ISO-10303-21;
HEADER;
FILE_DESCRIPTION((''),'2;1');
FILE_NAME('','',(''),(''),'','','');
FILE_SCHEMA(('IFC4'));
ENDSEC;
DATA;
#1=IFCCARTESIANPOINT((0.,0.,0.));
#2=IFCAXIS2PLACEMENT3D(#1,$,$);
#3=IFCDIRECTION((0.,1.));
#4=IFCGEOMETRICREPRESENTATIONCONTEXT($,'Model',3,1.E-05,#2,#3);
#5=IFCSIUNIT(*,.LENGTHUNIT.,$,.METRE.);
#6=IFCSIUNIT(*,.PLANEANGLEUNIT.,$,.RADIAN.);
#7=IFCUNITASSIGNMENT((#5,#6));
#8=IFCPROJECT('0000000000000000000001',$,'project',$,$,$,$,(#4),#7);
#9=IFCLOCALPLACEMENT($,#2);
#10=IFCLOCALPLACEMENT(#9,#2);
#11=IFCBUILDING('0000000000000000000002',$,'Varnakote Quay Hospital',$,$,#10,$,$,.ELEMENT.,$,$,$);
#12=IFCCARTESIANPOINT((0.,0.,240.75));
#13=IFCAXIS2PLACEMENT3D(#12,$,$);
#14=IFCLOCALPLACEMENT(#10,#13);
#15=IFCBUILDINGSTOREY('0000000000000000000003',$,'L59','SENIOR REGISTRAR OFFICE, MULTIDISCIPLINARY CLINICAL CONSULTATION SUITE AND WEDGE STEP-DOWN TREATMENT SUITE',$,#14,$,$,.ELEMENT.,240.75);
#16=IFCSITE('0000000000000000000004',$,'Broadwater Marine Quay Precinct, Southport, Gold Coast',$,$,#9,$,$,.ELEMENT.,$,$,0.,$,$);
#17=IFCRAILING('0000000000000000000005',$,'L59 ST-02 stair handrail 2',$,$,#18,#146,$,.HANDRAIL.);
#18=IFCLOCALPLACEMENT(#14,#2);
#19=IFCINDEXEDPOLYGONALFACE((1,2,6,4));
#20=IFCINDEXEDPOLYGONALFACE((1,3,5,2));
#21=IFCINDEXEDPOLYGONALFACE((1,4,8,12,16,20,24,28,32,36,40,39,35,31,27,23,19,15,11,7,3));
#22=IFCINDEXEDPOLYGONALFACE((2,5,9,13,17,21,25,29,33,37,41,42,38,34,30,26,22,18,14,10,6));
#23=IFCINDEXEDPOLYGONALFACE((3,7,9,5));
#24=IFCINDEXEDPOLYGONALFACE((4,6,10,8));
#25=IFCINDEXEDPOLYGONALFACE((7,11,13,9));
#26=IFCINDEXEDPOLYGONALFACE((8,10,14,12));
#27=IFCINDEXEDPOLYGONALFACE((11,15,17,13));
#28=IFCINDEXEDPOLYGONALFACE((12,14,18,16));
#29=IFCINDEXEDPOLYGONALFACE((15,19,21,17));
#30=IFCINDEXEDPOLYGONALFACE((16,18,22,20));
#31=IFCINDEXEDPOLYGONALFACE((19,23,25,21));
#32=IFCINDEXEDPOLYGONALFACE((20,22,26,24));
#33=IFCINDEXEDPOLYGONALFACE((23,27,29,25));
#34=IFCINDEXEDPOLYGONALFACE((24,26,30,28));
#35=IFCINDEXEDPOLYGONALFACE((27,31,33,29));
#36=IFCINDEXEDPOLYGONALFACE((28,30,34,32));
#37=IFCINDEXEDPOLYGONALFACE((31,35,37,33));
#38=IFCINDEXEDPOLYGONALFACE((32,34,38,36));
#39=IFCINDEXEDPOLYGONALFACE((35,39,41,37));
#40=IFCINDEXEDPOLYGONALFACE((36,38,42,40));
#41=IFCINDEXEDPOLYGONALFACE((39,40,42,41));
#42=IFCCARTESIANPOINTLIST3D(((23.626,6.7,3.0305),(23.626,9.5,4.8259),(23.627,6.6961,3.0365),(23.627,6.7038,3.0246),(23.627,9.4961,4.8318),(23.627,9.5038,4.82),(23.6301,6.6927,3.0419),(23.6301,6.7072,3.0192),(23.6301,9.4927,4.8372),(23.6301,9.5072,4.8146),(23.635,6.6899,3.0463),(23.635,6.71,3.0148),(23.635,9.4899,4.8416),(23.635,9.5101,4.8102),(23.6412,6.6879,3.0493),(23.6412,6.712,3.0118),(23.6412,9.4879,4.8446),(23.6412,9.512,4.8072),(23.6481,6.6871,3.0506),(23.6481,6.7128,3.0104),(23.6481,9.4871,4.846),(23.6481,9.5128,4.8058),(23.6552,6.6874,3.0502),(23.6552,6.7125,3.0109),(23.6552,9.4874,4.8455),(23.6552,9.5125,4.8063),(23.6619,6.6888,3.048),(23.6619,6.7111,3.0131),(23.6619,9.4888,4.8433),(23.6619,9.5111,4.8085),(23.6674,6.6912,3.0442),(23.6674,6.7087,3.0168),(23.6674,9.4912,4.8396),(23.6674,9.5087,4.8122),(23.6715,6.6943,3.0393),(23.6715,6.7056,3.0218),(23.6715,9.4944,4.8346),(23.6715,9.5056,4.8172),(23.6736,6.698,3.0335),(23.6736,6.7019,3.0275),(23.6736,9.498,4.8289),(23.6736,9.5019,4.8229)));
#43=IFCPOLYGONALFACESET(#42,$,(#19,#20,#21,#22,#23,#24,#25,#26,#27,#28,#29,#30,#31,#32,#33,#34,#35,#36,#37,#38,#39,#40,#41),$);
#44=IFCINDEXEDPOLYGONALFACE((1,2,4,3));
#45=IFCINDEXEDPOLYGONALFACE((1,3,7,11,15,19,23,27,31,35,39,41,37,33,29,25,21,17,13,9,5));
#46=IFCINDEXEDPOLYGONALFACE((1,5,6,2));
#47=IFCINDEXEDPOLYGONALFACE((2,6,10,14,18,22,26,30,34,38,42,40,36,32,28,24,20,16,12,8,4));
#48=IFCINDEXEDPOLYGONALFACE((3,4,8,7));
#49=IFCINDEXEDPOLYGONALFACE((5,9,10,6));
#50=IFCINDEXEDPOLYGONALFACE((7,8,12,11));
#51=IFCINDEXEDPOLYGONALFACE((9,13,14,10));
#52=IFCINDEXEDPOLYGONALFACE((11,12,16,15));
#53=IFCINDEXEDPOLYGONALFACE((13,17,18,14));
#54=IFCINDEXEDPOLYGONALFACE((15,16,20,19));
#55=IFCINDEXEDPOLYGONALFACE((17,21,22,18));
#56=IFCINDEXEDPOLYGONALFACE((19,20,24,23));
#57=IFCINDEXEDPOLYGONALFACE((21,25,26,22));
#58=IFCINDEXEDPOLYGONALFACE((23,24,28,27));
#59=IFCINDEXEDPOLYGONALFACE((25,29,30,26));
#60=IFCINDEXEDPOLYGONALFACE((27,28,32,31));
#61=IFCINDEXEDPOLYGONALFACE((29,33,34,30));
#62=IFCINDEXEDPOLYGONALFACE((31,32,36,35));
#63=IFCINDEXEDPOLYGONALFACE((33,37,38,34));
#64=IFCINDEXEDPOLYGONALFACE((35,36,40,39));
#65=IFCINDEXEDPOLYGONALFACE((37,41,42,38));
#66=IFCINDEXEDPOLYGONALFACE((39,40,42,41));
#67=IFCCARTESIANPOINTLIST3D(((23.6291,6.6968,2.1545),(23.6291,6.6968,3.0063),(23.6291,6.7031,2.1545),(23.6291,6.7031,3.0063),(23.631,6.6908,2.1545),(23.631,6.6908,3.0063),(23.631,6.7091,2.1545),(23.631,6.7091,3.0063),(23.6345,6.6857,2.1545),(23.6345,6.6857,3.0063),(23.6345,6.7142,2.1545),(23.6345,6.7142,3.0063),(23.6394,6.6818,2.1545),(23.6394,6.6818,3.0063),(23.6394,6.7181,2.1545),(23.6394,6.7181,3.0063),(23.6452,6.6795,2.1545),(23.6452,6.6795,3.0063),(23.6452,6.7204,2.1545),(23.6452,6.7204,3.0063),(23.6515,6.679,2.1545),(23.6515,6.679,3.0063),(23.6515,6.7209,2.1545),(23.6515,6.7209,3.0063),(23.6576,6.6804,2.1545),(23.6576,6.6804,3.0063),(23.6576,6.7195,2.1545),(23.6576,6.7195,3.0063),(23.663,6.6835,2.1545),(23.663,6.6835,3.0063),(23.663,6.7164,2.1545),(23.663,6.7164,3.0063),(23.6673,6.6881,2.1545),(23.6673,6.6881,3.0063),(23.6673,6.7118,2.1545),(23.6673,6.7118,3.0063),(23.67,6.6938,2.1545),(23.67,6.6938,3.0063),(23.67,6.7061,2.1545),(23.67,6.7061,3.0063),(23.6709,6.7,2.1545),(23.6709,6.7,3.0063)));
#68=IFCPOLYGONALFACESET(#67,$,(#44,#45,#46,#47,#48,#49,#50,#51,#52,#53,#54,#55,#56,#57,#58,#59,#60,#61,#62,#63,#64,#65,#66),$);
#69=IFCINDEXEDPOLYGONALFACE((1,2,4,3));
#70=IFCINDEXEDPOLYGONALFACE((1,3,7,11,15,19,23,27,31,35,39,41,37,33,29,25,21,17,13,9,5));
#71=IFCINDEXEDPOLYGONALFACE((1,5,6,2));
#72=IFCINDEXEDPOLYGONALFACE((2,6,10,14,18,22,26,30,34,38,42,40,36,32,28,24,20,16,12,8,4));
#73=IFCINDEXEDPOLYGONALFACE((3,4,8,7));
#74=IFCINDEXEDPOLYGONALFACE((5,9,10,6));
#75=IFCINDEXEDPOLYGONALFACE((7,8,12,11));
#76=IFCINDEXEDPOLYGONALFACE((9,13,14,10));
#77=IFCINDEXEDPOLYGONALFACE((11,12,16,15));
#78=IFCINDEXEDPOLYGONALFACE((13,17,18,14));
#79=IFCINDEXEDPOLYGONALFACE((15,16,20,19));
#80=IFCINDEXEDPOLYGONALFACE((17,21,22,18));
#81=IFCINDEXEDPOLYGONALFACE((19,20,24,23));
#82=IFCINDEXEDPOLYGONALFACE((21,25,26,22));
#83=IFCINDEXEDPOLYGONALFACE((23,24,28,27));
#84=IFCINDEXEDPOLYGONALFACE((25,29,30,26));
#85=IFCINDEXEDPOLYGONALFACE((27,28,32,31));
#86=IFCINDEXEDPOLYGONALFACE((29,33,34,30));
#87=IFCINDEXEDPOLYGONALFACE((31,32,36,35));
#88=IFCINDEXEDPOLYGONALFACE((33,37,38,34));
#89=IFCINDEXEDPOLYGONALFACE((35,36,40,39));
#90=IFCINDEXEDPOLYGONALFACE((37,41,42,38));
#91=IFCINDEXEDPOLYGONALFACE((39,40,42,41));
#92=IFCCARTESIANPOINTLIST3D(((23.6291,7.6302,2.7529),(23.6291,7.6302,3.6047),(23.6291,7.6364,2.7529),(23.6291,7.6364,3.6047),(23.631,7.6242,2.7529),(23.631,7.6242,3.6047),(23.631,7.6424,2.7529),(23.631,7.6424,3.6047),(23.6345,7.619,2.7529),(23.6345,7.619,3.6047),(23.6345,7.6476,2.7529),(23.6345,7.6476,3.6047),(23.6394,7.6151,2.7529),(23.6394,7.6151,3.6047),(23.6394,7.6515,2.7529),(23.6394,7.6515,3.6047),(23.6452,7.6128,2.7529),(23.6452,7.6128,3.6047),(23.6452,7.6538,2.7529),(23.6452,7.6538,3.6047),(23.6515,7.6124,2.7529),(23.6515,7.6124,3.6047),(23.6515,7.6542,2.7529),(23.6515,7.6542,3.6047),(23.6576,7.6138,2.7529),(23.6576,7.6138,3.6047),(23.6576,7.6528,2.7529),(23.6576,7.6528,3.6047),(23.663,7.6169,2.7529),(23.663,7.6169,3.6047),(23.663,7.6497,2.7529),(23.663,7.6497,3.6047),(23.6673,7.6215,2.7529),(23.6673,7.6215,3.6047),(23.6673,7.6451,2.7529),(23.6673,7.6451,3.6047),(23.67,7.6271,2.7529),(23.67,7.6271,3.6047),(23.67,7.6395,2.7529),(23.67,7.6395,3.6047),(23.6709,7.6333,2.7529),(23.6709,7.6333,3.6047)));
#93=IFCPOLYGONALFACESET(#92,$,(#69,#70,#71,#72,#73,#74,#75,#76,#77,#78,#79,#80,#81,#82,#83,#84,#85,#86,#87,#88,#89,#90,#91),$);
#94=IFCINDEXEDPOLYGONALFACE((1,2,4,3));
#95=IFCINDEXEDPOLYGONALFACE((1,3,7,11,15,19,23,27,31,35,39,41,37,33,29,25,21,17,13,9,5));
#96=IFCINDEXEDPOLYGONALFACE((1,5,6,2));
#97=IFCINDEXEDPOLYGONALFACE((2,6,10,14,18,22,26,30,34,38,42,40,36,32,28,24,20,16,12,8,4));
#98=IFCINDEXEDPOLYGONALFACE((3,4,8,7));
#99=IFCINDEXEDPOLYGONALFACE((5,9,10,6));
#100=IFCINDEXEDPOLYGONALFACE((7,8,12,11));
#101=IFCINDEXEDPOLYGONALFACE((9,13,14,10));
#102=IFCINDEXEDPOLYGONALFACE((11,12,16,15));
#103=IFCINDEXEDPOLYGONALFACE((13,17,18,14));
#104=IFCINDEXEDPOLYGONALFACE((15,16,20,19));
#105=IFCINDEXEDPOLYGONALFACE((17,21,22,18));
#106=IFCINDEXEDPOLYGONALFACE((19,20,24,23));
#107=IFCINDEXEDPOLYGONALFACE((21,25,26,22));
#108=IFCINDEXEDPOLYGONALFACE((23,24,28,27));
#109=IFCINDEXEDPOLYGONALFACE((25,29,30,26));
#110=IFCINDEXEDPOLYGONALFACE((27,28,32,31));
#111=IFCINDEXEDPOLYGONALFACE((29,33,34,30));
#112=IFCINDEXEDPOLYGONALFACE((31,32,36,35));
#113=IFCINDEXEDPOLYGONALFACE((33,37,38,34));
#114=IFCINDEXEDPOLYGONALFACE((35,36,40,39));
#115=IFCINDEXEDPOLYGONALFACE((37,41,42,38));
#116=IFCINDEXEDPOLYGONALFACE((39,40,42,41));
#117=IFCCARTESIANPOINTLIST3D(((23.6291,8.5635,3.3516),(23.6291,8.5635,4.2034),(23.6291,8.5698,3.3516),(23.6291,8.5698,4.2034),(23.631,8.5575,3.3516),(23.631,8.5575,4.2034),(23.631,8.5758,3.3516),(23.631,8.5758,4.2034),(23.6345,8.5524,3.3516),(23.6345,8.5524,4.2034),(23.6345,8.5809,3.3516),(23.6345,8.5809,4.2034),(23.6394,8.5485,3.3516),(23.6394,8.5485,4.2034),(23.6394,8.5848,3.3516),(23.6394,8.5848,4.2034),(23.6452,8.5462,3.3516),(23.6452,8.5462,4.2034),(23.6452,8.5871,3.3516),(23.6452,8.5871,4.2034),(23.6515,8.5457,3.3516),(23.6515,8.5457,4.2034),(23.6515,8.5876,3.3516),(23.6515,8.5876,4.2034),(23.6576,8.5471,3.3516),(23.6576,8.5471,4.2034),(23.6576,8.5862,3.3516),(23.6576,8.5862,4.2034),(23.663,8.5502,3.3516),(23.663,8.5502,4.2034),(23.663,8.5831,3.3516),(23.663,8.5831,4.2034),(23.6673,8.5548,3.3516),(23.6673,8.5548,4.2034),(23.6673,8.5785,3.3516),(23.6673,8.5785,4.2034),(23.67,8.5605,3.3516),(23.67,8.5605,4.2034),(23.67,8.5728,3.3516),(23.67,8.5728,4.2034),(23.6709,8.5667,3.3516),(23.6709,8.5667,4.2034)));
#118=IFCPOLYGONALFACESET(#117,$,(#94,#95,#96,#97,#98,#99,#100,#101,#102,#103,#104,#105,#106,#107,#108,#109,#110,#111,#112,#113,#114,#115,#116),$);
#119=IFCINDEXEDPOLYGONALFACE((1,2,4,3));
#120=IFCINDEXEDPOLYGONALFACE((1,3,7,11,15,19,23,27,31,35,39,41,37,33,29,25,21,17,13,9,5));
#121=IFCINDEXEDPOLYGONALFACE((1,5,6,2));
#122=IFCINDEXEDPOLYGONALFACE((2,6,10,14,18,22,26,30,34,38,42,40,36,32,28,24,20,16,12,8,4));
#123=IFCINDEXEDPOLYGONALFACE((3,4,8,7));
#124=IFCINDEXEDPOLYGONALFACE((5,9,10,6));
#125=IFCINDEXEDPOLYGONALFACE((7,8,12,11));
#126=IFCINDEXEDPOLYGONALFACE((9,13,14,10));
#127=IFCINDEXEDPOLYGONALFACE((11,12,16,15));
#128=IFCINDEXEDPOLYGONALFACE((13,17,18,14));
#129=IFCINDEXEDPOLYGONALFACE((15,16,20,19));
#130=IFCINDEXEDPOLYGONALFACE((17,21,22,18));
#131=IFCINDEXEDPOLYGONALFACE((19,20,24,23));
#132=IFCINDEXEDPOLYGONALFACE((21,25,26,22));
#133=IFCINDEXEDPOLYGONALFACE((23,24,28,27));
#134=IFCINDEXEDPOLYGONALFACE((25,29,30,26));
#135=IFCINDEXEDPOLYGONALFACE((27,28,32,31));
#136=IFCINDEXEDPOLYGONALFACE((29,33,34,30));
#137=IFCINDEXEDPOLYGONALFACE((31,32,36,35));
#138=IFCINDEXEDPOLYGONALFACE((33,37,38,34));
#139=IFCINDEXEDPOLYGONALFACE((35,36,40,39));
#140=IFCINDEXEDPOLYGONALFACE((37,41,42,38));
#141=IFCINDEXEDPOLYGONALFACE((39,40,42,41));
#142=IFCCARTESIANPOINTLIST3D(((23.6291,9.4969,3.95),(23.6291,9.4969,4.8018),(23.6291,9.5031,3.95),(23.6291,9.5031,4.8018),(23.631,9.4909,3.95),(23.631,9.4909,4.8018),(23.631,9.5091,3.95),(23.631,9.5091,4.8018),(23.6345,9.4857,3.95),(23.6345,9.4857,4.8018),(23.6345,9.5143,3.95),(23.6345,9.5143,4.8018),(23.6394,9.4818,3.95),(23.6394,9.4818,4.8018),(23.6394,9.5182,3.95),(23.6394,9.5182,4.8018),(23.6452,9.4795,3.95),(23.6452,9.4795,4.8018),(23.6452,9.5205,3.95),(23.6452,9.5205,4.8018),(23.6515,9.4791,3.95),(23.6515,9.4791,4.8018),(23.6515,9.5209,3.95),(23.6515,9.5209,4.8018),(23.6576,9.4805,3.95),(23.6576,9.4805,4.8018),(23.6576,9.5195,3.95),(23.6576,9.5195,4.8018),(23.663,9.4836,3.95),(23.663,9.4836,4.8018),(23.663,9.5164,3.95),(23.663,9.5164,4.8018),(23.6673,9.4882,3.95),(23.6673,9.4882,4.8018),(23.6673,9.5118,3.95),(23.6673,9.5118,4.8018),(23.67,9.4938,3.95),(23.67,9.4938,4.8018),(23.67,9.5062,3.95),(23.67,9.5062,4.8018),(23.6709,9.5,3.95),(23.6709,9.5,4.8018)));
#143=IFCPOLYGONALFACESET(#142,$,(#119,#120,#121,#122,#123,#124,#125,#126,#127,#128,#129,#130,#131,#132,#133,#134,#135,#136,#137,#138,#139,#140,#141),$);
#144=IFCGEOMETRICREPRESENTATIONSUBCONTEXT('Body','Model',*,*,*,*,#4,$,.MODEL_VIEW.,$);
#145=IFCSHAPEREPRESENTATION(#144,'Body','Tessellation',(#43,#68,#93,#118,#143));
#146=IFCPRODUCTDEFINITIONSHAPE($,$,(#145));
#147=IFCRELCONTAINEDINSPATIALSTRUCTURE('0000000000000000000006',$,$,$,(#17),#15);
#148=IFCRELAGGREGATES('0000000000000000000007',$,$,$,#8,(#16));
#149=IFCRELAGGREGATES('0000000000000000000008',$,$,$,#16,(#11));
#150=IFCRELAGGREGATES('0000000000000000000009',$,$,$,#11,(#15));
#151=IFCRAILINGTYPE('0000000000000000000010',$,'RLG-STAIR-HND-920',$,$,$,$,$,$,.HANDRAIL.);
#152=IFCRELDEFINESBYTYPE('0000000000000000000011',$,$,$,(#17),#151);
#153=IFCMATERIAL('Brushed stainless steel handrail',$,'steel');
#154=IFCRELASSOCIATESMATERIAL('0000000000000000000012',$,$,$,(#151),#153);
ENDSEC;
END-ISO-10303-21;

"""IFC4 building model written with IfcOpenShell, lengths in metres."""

from ifc_helpers import new_model, si_unit, direction, frame, origin, origin_2d, place, context, subcontext, project, spatial, circle, extrude, material, type_object, element, save


model = new_model("IFC4")

# Units and contexts
model_context = context("Model", 3, precision=1e-05, world=origin(), true_north=direction((0.0, 1.0)))
body_context = subcontext(model_context, "Body", "Model", "MODEL_VIEW")
ifc_project = project(units=[si_unit("LENGTHUNIT", "METRE"), si_unit("PLANEANGLEUNIT", "RADIAN")], contexts=[model_context])

# Site, building, storey
site_placement = place(None, origin())
site = spatial("IfcSite", under=ifc_project, at=site_placement, Name="Broadwater Marine Quay Precinct, Southport, Gold Coast", CompositionType="ELEMENT", RefElevation=0.0)
building_placement = place(site_placement, origin())
building = spatial("IfcBuilding", under=site, at=building_placement, Name="Varnakote Quay Hospital", CompositionType="ELEMENT")
storey_placement = place(building_placement, frame((0.0, 0.0, 240.75)))
storey = spatial("IfcBuildingStorey", under=building, at=storey_placement, Name="L59", Description="SENIOR REGISTRAR OFFICE, MULTIDISCIPLINARY CLINICAL CONSULTATION SUITE AND WEDGE STEP-DOWN TREATMENT SUITE", CompositionType="ELEMENT", Elevation=240.75)

# Railing
ifc_material_1 = material(Name="Brushed stainless steel handrail", Category="steel")
railing_type_1 = type_object("IfcRailingType", Name="RLG-STAIR-HND-920", PredefinedType="HANDRAIL", material=ifc_material_1)
railing_1_placement = place(storey_placement, frame((23.6499, 6.7, 2.1545)))
element("IfcRailing", 1, at=railing_1_placement, inside=storey, type_object=railing_type_1, Name="L59 ST-02 stair handrail 2", PredefinedType="HANDRAIL", context=body_context, shape_type="SweptSolid", body=[
    extrude(circle(Radius=0.0239, at=origin_2d()), frame((0.0, 0.0, 0.876), z_axis=(0.0, 0.84181, 0.539774), x_axis=(-1.0, 0.0, 0.0)), (0.0, 0.0, 1.0), 3.3262),
    extrude(circle(Radius=0.021, at=origin_2d()), origin(), (0.0, 0.0, 1.0), 0.8518),
    extrude(circle(Radius=0.021, at=origin_2d()), frame((0.0, 0.9333, 0.5984)), (0.0, 0.0, 1.0), 0.8518),
    extrude(circle(Radius=0.021, at=origin_2d()), frame((0.0, 1.8667, 1.197)), (0.0, 0.0, 1.0), 0.8518),
    extrude(circle(Radius=0.021, at=origin_2d()), frame((0.0, 2.8, 1.7954)), (0.0, 0.0, 1.0), 0.8518),
])

save(model, "model.ifc")
